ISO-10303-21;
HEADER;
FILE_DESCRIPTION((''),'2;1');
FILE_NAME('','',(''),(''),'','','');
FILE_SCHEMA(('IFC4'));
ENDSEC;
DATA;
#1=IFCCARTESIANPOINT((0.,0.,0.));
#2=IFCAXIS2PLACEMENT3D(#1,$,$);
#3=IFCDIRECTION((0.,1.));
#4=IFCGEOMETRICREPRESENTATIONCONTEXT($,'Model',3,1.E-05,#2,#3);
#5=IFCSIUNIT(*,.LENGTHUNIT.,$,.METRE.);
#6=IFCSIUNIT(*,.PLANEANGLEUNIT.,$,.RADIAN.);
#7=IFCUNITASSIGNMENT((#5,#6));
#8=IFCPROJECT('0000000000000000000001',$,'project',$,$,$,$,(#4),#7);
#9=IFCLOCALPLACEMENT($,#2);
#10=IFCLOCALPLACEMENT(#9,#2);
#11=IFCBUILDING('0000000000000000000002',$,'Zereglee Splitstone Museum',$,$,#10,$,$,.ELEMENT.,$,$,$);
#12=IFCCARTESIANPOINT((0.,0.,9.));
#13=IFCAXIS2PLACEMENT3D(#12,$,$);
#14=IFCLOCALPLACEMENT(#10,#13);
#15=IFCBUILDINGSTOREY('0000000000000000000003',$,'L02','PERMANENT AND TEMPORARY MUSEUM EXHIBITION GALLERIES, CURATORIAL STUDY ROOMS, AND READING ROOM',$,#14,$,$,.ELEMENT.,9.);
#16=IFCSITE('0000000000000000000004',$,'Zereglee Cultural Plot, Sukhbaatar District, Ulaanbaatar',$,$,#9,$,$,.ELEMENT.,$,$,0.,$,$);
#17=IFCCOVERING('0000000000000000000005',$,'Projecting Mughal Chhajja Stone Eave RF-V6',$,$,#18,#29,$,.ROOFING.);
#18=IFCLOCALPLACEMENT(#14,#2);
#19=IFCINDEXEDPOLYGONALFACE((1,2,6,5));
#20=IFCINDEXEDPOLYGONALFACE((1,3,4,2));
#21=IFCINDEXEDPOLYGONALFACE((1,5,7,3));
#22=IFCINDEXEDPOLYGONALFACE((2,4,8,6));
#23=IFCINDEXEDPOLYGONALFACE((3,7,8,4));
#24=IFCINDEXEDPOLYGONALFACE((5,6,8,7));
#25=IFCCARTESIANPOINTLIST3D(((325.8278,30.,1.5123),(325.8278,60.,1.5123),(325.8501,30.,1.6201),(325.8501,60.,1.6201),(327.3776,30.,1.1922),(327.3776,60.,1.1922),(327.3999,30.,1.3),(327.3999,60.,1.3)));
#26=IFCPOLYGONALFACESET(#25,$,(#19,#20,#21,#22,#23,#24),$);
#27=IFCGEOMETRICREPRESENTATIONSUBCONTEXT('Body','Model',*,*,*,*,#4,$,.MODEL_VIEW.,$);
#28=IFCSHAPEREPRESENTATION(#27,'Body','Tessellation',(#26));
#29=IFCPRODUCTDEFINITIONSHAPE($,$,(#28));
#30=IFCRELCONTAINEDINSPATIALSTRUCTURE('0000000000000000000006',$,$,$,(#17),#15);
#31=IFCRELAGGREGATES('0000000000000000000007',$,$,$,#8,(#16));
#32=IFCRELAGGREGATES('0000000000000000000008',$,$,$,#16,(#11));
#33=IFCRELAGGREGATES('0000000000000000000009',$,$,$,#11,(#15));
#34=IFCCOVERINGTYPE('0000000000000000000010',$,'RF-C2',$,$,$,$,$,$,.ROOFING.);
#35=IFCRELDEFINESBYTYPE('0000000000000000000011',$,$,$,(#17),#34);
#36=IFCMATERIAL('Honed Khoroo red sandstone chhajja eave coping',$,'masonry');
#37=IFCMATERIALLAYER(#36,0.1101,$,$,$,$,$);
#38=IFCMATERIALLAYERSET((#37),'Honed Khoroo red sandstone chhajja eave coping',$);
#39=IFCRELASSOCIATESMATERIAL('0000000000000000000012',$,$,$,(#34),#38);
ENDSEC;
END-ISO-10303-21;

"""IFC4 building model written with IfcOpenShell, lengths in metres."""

from ifc_helpers import new_model, si_unit, direction, frame, origin, place, context, subcontext, project, spatial, polyline, outline, extrude, material, layer, layer_set, type_object, element, save


model = new_model("IFC4")

# Units and contexts
model_context = context("Model", 3, precision=1e-05, world=origin(), true_north=direction((0.0, 1.0)))
body_context = subcontext(model_context, "Body", "Model", "MODEL_VIEW")
ifc_project = project(units=[si_unit("LENGTHUNIT", "METRE"), si_unit("PLANEANGLEUNIT", "RADIAN")], contexts=[model_context])

# Site, building, storey
site_placement = place(None, origin())
site = spatial("IfcSite", under=ifc_project, at=site_placement, Name="Zereglee Cultural Plot, Sukhbaatar District, Ulaanbaatar", CompositionType="ELEMENT", RefElevation=0.0)
building_placement = place(site_placement, origin())
building = spatial("IfcBuilding", under=site, at=building_placement, Name="Zereglee Splitstone Museum", CompositionType="ELEMENT")
storey_placement = place(building_placement, frame((0.0, 0.0, 9.0)))
storey = spatial("IfcBuildingStorey", under=building, at=storey_placement, Name="L02", Description="PERMANENT AND TEMPORARY MUSEUM EXHIBITION GALLERIES, CURATORIAL STUDY ROOMS, AND READING ROOM", CompositionType="ELEMENT", Elevation=9.0)

# Covering
ifc_material_1 = material(Name="Honed Khoroo red sandstone chhajja eave coping", Category="masonry")
ifc_layer_1 = layer(ifc_material_1, 0.1101)
ifc_layer_set_1 = layer_set([ifc_layer_1], Name="Honed Khoroo red sandstone chhajja eave coping")
covering_type_1 = type_object("IfcCoveringType", Name="RF-C2", PredefinedType="ROOFING", material=ifc_layer_set_1)
covering_1_placement = place(storey_placement, frame((327.3999, 30.0, 1.3), z_axis=(0.202254, 0.0, 0.979333), x_axis=(0.0, 1.0, 0.0)))
element("IfcCovering", 1, at=covering_1_placement, inside=storey, type_object=covering_type_1, Name="Projecting Mughal Chhajja Stone Eave RF-V6", PredefinedType="ROOFING", context=body_context, shape_type="SweptSolid", body=[
    extrude(outline(polyline([(0.0, 0.0), (30.0, 0.0), (30.0, 1.5825), (0.0, 1.5825), (0.0, 0.0)])), origin(), (0.0, 0.0, -1.0), 0.1101),
])

save(model, "model.ifc")
